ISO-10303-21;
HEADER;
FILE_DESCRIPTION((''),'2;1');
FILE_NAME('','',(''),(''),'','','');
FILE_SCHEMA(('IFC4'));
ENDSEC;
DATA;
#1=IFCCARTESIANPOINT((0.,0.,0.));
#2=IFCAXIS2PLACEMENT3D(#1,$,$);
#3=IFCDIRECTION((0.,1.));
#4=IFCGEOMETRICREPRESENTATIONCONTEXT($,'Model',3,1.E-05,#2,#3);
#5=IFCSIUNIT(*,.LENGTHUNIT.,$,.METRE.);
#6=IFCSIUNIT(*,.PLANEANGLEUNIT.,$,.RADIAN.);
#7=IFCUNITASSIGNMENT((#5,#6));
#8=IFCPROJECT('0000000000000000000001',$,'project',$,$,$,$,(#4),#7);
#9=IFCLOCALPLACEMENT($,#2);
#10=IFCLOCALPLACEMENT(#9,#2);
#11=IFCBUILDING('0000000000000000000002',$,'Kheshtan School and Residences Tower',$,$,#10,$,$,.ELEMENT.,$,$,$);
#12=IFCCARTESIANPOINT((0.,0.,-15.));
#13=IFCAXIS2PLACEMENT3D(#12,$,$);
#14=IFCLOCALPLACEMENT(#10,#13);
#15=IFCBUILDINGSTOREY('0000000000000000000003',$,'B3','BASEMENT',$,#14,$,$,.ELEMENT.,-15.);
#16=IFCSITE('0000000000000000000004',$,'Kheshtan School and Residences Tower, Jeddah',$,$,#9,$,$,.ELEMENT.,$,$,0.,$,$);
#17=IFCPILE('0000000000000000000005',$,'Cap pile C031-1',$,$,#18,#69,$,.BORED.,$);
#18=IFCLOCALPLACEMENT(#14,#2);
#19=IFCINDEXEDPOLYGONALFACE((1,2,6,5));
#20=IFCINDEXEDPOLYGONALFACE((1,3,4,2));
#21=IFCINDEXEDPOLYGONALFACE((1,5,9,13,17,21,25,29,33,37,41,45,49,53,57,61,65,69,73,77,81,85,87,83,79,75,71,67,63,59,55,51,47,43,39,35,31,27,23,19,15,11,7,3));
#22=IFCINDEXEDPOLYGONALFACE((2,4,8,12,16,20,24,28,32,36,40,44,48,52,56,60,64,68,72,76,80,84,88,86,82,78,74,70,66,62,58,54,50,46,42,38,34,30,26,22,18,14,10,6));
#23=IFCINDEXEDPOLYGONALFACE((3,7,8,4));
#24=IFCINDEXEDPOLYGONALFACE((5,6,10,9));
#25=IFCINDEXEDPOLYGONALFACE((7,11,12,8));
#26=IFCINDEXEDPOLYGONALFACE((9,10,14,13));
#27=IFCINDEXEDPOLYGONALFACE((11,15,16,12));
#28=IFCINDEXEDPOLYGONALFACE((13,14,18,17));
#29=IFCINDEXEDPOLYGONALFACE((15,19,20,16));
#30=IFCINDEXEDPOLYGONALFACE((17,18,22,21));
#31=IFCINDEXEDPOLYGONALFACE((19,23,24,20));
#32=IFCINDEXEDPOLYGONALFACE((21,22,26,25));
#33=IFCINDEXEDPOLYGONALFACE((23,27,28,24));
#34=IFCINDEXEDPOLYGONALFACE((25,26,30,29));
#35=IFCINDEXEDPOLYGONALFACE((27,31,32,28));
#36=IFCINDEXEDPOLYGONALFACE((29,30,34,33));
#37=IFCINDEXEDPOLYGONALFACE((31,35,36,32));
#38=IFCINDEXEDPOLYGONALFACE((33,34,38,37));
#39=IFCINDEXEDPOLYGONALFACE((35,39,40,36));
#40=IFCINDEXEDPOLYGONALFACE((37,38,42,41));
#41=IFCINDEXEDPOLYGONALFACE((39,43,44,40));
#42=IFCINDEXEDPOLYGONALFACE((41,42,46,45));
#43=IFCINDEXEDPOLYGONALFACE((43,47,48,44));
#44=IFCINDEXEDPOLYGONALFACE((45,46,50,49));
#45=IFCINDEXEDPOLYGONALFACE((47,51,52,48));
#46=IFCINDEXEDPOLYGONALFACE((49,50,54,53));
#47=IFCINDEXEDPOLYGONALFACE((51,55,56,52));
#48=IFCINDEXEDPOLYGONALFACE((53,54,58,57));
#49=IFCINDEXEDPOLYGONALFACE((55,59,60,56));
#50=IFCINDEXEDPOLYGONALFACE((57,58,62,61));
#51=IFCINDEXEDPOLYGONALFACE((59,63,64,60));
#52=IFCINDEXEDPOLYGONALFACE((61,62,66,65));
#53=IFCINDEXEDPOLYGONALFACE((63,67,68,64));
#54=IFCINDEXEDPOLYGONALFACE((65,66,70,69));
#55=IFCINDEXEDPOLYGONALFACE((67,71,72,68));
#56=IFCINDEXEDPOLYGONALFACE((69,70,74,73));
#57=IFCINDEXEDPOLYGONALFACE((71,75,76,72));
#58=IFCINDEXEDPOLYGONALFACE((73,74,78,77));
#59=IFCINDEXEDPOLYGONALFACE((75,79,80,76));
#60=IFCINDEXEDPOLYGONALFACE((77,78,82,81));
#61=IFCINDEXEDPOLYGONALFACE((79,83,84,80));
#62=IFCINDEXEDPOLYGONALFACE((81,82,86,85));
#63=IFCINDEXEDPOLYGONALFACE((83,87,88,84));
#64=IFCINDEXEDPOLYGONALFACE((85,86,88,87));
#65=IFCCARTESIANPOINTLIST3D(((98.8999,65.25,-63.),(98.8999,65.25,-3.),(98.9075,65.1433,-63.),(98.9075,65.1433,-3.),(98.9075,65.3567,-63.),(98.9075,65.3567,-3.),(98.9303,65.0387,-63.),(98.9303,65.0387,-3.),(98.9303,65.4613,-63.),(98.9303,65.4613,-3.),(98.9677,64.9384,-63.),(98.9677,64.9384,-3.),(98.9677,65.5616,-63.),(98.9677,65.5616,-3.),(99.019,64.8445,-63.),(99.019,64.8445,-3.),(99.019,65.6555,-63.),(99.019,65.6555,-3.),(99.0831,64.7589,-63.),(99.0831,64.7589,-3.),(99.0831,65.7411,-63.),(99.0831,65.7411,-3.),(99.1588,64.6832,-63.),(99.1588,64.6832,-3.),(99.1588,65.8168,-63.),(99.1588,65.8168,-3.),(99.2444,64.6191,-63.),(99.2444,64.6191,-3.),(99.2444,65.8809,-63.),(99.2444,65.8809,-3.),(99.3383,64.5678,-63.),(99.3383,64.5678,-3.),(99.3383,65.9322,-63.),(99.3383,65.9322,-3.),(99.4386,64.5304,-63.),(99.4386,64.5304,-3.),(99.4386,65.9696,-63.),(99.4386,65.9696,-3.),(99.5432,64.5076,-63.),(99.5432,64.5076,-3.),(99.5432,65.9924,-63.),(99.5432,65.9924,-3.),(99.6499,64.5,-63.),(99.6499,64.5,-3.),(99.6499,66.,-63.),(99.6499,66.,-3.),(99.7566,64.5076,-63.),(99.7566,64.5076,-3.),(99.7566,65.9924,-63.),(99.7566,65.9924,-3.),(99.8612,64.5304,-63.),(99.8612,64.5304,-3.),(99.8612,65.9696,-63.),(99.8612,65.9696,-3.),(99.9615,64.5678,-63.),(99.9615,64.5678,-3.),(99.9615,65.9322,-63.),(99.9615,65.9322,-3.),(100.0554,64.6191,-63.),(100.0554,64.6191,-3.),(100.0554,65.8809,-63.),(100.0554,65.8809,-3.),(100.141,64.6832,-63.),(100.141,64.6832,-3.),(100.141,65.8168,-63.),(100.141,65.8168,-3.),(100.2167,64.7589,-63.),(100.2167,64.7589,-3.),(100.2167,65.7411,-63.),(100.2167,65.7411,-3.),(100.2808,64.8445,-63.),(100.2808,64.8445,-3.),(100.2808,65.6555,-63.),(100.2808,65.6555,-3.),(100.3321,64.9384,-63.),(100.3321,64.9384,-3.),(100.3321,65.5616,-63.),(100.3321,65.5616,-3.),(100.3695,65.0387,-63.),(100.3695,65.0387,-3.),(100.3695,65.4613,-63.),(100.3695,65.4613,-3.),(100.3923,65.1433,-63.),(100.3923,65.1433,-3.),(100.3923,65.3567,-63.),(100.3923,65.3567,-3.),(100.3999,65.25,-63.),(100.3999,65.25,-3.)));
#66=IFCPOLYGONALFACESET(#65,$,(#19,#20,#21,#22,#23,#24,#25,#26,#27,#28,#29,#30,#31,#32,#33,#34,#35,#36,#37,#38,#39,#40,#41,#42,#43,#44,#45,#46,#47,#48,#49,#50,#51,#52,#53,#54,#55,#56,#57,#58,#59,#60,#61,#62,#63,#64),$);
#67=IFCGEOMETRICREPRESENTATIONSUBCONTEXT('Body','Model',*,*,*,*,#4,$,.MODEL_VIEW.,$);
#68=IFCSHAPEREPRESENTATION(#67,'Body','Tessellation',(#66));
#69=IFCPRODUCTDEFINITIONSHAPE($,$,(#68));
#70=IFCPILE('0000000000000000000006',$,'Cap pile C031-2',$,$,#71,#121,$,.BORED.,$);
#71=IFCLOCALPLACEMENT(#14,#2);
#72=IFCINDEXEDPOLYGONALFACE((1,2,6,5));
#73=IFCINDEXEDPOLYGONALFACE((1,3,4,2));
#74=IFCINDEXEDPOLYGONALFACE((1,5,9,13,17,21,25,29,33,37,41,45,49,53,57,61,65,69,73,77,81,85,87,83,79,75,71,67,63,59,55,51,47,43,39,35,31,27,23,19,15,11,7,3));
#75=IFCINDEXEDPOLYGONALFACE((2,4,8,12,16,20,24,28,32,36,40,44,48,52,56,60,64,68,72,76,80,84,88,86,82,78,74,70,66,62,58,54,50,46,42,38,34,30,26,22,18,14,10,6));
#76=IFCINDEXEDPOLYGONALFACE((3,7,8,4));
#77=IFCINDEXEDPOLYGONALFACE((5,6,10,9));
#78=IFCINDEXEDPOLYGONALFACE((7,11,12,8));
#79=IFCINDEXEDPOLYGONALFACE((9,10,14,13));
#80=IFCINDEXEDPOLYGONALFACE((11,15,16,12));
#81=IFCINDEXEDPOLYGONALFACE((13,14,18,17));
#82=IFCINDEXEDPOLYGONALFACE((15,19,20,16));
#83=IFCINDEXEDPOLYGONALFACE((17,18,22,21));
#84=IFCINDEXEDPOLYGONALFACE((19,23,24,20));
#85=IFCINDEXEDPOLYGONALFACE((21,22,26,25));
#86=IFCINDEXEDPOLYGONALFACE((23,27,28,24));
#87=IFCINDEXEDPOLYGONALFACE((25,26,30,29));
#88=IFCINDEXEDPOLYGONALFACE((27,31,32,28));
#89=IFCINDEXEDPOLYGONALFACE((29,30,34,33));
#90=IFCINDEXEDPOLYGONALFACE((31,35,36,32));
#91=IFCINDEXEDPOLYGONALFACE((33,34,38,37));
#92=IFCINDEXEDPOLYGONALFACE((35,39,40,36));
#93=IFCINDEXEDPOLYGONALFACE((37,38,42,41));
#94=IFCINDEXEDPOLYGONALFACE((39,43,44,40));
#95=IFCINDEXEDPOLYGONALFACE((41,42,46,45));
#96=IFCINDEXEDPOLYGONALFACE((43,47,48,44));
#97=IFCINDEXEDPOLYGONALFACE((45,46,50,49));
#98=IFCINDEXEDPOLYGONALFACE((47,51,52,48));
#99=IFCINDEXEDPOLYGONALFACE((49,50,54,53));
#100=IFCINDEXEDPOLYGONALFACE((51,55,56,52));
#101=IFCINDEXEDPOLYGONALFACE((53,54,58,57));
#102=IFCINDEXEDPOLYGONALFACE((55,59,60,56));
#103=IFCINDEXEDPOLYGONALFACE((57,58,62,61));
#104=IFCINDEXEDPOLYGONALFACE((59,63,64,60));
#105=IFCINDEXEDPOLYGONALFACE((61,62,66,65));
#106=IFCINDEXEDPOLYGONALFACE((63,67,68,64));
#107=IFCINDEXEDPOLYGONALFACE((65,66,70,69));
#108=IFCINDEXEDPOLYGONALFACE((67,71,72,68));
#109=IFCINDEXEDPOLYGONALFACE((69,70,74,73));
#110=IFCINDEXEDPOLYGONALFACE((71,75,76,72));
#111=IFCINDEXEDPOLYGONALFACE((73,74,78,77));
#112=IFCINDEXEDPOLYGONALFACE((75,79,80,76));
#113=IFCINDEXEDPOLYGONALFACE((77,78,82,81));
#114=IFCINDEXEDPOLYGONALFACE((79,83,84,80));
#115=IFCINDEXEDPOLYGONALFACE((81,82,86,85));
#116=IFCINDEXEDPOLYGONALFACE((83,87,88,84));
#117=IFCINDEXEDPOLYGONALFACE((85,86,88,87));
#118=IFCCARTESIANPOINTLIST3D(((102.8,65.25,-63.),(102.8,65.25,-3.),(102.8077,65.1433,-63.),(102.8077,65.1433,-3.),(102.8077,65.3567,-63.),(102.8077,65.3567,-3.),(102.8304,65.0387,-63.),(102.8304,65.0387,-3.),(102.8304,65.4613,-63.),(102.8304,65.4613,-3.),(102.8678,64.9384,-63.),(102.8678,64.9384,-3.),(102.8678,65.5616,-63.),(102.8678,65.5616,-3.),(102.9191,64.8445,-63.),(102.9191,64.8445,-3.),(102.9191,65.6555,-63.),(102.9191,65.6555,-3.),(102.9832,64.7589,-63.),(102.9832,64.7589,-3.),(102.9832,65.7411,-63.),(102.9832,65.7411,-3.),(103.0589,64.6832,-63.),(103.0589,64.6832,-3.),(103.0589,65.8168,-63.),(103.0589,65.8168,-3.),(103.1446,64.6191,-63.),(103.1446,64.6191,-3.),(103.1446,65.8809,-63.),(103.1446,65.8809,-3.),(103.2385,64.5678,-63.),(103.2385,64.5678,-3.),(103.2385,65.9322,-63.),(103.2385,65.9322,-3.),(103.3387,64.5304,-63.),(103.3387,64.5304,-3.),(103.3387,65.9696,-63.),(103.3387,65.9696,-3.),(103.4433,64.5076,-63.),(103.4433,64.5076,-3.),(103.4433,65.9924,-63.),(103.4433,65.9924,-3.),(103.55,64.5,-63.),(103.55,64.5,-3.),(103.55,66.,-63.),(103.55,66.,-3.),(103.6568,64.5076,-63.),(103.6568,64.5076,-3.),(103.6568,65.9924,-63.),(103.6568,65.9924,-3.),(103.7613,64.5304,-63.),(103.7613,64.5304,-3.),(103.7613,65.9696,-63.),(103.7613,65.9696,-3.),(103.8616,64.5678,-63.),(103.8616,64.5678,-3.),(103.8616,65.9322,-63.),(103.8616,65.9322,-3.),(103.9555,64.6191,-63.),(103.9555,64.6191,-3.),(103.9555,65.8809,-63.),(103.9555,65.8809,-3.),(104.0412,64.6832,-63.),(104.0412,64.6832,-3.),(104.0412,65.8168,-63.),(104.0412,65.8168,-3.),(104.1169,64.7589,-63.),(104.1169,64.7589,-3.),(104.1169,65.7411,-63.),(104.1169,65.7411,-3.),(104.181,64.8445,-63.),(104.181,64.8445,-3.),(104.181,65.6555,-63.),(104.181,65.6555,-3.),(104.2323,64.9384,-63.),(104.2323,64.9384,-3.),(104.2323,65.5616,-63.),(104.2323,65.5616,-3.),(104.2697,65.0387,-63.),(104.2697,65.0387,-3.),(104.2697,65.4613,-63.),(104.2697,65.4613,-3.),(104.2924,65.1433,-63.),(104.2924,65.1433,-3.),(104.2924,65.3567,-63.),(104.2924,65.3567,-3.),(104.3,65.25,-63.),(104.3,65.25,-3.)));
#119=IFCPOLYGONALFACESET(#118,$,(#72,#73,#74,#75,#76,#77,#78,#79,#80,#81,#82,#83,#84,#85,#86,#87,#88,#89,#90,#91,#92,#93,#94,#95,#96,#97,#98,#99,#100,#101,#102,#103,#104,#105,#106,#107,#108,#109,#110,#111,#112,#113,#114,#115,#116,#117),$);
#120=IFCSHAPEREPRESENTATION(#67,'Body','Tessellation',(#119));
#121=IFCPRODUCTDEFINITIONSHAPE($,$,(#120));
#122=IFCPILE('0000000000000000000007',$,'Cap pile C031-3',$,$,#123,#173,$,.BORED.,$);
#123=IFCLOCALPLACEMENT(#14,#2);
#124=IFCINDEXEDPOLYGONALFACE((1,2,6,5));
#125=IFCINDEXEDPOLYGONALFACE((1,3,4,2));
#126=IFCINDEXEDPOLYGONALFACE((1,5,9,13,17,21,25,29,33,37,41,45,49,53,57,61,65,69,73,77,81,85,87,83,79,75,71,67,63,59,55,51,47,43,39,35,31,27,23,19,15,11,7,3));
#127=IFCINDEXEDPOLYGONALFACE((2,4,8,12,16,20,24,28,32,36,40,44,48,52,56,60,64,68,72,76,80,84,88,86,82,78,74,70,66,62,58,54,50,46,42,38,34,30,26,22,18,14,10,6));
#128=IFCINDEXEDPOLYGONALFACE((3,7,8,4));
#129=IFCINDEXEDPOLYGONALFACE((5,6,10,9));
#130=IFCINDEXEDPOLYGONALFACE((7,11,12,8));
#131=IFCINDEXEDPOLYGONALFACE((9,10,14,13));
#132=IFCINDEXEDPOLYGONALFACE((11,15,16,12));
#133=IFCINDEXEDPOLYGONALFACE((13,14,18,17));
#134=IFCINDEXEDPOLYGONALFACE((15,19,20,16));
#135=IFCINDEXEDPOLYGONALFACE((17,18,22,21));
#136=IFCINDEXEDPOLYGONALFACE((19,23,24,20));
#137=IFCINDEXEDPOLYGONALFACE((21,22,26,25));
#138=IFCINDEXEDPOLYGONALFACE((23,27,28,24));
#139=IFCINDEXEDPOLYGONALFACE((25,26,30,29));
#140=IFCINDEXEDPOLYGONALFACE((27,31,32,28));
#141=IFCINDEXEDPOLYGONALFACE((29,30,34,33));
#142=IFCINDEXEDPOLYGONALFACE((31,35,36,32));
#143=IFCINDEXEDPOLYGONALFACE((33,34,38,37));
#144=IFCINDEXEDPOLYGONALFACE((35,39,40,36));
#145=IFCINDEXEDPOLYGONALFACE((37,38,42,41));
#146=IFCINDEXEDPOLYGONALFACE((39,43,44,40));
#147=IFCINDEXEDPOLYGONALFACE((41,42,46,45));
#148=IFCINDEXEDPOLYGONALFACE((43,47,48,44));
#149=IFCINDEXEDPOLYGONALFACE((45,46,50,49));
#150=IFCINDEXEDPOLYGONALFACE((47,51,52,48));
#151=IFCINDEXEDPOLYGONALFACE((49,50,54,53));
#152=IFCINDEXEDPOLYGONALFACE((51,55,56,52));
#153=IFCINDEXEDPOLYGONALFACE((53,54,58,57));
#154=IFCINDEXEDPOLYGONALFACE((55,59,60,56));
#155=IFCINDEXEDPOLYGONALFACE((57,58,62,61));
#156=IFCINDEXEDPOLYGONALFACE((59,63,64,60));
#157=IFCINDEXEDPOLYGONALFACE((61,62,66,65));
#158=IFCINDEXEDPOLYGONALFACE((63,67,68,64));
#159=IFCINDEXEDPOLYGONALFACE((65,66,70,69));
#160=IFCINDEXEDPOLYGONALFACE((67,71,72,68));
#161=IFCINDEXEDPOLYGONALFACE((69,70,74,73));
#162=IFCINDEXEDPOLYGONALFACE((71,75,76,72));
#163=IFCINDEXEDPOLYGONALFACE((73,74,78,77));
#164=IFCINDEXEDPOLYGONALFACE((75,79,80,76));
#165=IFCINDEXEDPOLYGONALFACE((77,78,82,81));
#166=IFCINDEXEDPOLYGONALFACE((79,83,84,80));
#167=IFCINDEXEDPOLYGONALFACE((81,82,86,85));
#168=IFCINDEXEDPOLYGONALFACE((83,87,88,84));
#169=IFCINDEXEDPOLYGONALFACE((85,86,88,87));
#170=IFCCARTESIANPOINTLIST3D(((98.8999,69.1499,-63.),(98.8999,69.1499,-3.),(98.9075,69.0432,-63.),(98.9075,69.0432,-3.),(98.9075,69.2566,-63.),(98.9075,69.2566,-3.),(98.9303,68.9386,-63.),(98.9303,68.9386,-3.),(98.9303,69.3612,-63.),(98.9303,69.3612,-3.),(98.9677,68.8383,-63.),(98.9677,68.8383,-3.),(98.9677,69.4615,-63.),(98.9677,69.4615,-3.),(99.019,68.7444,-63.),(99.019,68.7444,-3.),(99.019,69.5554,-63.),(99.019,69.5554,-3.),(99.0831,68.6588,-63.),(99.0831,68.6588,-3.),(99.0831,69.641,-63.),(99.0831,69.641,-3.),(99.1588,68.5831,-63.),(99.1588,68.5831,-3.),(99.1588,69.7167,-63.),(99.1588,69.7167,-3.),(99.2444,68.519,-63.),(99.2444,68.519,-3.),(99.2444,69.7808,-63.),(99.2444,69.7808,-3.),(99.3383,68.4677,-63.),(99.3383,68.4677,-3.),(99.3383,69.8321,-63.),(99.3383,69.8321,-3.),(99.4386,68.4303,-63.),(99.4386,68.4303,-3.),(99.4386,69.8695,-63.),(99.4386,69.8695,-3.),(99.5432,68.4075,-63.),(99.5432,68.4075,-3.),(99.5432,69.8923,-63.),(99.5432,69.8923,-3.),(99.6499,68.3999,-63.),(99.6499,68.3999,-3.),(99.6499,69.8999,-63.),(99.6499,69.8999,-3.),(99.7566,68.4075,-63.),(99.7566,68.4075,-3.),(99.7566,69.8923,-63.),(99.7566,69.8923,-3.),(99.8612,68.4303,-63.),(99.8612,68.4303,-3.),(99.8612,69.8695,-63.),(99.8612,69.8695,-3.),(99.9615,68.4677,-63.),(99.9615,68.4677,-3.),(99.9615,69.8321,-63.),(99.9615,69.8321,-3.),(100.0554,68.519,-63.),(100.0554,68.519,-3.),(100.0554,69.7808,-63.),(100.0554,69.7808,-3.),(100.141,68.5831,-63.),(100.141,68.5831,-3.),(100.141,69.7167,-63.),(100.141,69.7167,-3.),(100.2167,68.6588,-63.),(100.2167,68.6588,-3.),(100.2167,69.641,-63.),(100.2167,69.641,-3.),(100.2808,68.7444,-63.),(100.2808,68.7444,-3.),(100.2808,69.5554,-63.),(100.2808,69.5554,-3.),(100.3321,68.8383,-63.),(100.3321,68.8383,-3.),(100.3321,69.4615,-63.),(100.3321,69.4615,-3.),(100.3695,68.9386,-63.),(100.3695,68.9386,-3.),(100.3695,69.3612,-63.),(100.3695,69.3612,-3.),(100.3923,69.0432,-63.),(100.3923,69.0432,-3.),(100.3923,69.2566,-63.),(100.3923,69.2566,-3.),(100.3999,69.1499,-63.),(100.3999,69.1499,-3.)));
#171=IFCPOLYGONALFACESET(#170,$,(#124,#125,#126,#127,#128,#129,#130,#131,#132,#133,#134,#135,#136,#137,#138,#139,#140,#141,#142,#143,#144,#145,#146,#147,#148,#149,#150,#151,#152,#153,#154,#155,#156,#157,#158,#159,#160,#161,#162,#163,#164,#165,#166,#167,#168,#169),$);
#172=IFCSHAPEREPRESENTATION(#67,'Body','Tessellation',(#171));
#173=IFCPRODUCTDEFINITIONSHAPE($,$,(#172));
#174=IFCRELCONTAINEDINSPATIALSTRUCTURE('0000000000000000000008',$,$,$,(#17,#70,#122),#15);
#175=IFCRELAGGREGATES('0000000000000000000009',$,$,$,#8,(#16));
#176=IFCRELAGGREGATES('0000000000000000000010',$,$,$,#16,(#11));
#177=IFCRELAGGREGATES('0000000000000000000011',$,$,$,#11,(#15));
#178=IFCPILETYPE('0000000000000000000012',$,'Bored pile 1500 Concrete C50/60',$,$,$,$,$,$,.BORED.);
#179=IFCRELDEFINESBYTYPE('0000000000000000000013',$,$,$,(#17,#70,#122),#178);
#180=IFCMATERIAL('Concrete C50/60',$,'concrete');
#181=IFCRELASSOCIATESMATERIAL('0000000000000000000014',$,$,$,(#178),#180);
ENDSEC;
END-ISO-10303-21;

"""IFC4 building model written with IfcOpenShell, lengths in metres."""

from ifc_helpers import new_model, si_unit, direction, frame, origin, origin_2d, place, context, subcontext, project, spatial, circle, extrude, material, material_profile, profile_set, type_object, element, save


model = new_model("IFC4")

# Units and contexts
model_context = context("Model", 3, precision=1e-05, world=origin(), true_north=direction((0.0, 1.0)))
body_context = subcontext(model_context, "Body", "Model", "MODEL_VIEW")
ifc_project = project(units=[si_unit("LENGTHUNIT", "METRE"), si_unit("PLANEANGLEUNIT", "RADIAN")], contexts=[model_context])

# Site, building, storey
site_placement = place(None, origin())
site = spatial("IfcSite", under=ifc_project, at=site_placement, Name="Kheshtan School and Residences Tower, Jeddah", CompositionType="ELEMENT", RefElevation=0.0)
building_placement = place(site_placement, origin())
building = spatial("IfcBuilding", under=site, at=building_placement, Name="Kheshtan School and Residences Tower", CompositionType="ELEMENT")
storey_placement = place(building_placement, frame((0.0, 0.0, -15.0)))
storey = spatial("IfcBuildingStorey", under=building, at=storey_placement, Name="B3", Description="BASEMENT", CompositionType="ELEMENT", Elevation=-15.0)

# Piles
ifc_material_1 = material(Name="Concrete C50/60", Category="concrete")
ifc_material_profile_1 = material_profile(ifc_material_1, circle(Radius=0.75, at=origin_2d()), Name="BP 1500")
ifc_profile_set_1 = profile_set([ifc_material_profile_1], Name="Concrete C50/60")
pile_type = type_object("IfcPileType", Name="Bored pile 1500 Concrete C50/60", PredefinedType="BORED", material=ifc_profile_set_1)
for number, where, z_axis, x_axis, name in (
    (1, (99.6499, 65.25, -3.0), (0.0, 0.0, -1.0), (1.0, 0.0, 0.0), "Cap pile C031-1"),
    (2, (103.55, 65.25, -3.0), (0.0, 0.0, -1.0), (1.0, 0.0, 0.0), "Cap pile C031-2"),
    (3, (99.6499, 69.1499, -3.0), (0.0, 0.0, -1.0), (1.0, 0.0, 0.0), "Cap pile C031-3"),
):
    element("IfcPile", number, at=place(storey_placement, frame(where, z_axis=z_axis, x_axis=x_axis)), inside=storey, type_object=pile_type, Name=name, PredefinedType="BORED", context=body_context, shape_type="SweptSolid", body=[
        extrude(circle(Radius=0.75, at=origin_2d()), origin(), (0.0, 0.0, 1.0), 60.0),
    ])

save(model, "model.ifc")
